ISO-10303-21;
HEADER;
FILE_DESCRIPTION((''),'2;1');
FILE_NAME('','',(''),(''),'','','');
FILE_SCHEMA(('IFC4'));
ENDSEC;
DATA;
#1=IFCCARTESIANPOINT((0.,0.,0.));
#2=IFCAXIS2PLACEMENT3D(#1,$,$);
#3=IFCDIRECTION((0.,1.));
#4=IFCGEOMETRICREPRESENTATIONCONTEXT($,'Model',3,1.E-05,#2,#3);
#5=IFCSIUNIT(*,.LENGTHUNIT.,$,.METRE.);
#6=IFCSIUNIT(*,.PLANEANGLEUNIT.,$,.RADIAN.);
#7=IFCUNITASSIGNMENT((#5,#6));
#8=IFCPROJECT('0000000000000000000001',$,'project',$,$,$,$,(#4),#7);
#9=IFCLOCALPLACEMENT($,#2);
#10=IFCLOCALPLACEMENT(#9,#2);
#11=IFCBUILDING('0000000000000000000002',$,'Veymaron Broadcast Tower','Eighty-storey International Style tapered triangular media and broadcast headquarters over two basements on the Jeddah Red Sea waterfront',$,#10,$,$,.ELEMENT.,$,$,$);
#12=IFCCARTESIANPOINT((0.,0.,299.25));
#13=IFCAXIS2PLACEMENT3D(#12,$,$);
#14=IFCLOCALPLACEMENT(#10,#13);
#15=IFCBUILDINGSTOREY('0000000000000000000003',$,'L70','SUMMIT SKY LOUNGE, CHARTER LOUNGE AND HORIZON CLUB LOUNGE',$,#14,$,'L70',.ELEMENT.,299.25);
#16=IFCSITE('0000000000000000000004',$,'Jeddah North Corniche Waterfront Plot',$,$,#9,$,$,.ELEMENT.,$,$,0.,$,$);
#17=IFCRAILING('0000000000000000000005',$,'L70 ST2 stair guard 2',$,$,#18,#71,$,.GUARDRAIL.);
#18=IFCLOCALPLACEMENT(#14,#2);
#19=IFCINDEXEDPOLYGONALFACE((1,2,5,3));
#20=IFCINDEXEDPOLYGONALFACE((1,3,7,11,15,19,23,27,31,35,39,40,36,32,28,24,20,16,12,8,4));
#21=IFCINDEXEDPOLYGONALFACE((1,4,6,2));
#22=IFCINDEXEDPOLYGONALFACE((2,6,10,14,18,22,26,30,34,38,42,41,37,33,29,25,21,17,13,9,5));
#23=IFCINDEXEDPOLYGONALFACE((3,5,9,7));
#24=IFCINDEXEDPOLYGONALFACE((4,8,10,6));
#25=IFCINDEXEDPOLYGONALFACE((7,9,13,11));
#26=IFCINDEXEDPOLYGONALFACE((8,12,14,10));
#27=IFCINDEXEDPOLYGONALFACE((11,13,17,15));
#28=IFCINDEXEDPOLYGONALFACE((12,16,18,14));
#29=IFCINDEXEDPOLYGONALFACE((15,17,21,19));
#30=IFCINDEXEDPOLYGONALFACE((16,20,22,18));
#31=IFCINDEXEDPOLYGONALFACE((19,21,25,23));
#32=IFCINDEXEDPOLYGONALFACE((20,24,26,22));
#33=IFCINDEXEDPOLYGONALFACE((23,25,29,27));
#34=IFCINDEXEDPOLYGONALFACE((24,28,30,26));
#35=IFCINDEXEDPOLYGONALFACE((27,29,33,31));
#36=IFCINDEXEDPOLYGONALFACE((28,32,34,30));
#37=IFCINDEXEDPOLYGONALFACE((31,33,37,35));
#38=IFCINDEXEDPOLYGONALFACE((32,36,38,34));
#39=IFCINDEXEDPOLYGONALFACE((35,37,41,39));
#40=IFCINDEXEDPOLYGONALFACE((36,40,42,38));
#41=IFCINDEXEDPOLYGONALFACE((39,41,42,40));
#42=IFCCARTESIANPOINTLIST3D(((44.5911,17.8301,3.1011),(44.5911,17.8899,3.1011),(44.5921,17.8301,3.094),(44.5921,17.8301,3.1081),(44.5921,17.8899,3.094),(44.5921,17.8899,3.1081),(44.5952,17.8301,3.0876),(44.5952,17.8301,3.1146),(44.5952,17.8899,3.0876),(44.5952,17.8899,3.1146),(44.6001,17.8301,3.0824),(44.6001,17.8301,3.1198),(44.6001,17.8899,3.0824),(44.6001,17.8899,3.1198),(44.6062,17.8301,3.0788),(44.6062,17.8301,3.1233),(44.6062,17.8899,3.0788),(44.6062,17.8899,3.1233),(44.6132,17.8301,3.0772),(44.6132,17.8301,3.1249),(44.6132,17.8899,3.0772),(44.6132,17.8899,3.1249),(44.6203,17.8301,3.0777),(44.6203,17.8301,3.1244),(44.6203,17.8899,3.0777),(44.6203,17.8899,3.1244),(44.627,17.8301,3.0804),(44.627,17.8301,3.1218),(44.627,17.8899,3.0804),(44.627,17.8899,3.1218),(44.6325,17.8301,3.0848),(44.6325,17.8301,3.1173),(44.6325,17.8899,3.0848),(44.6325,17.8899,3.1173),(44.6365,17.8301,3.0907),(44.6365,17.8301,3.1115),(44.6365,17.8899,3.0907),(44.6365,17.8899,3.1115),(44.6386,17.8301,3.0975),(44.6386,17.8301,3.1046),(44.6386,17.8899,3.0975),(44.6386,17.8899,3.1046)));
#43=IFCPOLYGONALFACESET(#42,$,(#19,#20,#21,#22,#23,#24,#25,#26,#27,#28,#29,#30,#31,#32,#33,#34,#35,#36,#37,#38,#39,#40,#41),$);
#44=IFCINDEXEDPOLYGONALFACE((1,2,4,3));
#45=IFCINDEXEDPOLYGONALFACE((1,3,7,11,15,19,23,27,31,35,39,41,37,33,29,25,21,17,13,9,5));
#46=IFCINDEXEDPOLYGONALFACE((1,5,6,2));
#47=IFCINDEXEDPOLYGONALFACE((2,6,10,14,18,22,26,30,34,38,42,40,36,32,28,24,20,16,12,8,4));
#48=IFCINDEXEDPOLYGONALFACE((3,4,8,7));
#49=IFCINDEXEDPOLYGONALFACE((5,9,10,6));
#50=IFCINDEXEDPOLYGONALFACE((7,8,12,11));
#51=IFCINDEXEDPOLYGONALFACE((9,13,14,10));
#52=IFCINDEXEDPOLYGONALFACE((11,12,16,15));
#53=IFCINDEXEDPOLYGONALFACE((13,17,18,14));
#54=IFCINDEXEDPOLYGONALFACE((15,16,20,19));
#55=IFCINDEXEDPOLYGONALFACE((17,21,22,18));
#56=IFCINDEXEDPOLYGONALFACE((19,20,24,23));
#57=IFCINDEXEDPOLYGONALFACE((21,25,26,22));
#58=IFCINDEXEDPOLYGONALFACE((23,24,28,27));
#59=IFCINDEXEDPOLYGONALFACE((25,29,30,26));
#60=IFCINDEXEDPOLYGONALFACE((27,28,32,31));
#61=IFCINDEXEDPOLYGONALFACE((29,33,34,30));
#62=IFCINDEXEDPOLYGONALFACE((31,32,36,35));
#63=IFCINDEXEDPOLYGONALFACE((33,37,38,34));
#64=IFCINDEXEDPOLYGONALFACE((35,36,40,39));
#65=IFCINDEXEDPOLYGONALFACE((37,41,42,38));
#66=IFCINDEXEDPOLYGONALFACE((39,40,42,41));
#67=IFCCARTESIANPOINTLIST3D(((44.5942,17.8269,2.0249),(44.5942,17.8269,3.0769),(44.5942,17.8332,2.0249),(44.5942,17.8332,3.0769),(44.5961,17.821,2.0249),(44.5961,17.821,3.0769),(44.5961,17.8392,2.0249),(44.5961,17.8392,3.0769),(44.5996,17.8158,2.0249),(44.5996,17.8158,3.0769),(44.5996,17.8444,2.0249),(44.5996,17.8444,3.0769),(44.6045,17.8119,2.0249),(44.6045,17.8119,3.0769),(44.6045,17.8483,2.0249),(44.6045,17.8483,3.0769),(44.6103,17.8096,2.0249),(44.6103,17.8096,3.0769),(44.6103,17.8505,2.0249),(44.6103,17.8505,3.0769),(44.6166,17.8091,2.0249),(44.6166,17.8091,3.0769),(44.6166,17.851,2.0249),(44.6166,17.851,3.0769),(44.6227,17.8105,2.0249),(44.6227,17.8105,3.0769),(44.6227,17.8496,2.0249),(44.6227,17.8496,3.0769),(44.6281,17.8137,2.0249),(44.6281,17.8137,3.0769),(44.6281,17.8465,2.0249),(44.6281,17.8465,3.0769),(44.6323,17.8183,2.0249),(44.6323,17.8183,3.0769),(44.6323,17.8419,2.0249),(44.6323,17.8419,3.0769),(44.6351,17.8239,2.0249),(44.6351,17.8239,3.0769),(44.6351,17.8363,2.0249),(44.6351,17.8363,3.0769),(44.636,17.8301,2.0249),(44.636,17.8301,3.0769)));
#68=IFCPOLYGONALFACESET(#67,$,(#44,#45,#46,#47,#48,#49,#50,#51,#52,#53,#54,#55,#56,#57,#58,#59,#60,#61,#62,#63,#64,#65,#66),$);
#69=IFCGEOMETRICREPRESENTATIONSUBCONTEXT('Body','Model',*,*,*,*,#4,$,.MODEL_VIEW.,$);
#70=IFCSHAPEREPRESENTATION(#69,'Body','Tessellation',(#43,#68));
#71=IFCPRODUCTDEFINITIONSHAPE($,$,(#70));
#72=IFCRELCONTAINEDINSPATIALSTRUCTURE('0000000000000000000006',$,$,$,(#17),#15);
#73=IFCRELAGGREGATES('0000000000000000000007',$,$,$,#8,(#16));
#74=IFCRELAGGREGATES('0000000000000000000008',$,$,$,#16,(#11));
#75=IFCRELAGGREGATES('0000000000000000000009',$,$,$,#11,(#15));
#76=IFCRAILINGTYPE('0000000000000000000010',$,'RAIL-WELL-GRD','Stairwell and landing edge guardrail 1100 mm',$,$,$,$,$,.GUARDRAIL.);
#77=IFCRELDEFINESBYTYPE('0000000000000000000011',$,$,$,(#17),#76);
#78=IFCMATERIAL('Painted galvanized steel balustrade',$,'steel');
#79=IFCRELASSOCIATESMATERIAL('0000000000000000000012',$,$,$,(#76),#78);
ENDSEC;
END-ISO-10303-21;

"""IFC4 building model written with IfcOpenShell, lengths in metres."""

from ifc_helpers import new_model, si_unit, direction, frame, origin, origin_2d, place, context, subcontext, project, spatial, circle, extrude, material, type_object, element, save


model = new_model("IFC4")

# Units and contexts
model_context = context("Model", 3, precision=1e-05, world=origin(), true_north=direction((0.0, 1.0)))
body_context = subcontext(model_context, "Body", "Model", "MODEL_VIEW")
ifc_project = project(units=[si_unit("LENGTHUNIT", "METRE"), si_unit("PLANEANGLEUNIT", "RADIAN")], contexts=[model_context])

# Site, building, storey
site_placement = place(None, origin())
site = spatial("IfcSite", under=ifc_project, at=site_placement, Name="Jeddah North Corniche Waterfront Plot", CompositionType="ELEMENT", RefElevation=0.0)
building_placement = place(site_placement, origin())
building = spatial("IfcBuilding", under=site, at=building_placement, Name="Veymaron Broadcast Tower", Description="Eighty-storey International Style tapered triangular media and broadcast headquarters over two basements on the Jeddah Red Sea waterfront", CompositionType="ELEMENT")
storey_placement = place(building_placement, frame((0.0, 0.0, 299.25)))
storey = spatial("IfcBuildingStorey", under=building, at=storey_placement, Name="L70", Description="SUMMIT SKY LOUNGE, CHARTER LOUNGE AND HORIZON CLUB LOUNGE", LongName="L70", CompositionType="ELEMENT", Elevation=299.25)

# Railing
ifc_material_1 = material(Name="Painted galvanized steel balustrade", Category="steel")
railing_type_1 = type_object("IfcRailingType", Name="RAIL-WELL-GRD", Description="Stairwell and landing edge guardrail 1100 mm", PredefinedType="GUARDRAIL", material=ifc_material_1)
railing_1_placement = place(storey_placement, frame((44.615, 17.8301, 2.0249)))
element("IfcRailing", 1, at=railing_1_placement, inside=storey, type_object=railing_type_1, Name="L70 ST2 stair guard 2", PredefinedType="GUARDRAIL", context=body_context, shape_type="SweptSolid", body=[
    extrude(circle(Radius=0.0239, at=origin_2d()), frame((0.0, 0.0, 1.0762), z_axis=(0.0, 1.0, 0.0), x_axis=(-1.0, 0.0, 0.0)), (0.0, 0.0, 1.0), 0.0598),
    extrude(circle(Radius=0.021, at=origin_2d()), origin(), (0.0, 0.0, 1.0), 1.052),
])

save(model, "model.ifc")
